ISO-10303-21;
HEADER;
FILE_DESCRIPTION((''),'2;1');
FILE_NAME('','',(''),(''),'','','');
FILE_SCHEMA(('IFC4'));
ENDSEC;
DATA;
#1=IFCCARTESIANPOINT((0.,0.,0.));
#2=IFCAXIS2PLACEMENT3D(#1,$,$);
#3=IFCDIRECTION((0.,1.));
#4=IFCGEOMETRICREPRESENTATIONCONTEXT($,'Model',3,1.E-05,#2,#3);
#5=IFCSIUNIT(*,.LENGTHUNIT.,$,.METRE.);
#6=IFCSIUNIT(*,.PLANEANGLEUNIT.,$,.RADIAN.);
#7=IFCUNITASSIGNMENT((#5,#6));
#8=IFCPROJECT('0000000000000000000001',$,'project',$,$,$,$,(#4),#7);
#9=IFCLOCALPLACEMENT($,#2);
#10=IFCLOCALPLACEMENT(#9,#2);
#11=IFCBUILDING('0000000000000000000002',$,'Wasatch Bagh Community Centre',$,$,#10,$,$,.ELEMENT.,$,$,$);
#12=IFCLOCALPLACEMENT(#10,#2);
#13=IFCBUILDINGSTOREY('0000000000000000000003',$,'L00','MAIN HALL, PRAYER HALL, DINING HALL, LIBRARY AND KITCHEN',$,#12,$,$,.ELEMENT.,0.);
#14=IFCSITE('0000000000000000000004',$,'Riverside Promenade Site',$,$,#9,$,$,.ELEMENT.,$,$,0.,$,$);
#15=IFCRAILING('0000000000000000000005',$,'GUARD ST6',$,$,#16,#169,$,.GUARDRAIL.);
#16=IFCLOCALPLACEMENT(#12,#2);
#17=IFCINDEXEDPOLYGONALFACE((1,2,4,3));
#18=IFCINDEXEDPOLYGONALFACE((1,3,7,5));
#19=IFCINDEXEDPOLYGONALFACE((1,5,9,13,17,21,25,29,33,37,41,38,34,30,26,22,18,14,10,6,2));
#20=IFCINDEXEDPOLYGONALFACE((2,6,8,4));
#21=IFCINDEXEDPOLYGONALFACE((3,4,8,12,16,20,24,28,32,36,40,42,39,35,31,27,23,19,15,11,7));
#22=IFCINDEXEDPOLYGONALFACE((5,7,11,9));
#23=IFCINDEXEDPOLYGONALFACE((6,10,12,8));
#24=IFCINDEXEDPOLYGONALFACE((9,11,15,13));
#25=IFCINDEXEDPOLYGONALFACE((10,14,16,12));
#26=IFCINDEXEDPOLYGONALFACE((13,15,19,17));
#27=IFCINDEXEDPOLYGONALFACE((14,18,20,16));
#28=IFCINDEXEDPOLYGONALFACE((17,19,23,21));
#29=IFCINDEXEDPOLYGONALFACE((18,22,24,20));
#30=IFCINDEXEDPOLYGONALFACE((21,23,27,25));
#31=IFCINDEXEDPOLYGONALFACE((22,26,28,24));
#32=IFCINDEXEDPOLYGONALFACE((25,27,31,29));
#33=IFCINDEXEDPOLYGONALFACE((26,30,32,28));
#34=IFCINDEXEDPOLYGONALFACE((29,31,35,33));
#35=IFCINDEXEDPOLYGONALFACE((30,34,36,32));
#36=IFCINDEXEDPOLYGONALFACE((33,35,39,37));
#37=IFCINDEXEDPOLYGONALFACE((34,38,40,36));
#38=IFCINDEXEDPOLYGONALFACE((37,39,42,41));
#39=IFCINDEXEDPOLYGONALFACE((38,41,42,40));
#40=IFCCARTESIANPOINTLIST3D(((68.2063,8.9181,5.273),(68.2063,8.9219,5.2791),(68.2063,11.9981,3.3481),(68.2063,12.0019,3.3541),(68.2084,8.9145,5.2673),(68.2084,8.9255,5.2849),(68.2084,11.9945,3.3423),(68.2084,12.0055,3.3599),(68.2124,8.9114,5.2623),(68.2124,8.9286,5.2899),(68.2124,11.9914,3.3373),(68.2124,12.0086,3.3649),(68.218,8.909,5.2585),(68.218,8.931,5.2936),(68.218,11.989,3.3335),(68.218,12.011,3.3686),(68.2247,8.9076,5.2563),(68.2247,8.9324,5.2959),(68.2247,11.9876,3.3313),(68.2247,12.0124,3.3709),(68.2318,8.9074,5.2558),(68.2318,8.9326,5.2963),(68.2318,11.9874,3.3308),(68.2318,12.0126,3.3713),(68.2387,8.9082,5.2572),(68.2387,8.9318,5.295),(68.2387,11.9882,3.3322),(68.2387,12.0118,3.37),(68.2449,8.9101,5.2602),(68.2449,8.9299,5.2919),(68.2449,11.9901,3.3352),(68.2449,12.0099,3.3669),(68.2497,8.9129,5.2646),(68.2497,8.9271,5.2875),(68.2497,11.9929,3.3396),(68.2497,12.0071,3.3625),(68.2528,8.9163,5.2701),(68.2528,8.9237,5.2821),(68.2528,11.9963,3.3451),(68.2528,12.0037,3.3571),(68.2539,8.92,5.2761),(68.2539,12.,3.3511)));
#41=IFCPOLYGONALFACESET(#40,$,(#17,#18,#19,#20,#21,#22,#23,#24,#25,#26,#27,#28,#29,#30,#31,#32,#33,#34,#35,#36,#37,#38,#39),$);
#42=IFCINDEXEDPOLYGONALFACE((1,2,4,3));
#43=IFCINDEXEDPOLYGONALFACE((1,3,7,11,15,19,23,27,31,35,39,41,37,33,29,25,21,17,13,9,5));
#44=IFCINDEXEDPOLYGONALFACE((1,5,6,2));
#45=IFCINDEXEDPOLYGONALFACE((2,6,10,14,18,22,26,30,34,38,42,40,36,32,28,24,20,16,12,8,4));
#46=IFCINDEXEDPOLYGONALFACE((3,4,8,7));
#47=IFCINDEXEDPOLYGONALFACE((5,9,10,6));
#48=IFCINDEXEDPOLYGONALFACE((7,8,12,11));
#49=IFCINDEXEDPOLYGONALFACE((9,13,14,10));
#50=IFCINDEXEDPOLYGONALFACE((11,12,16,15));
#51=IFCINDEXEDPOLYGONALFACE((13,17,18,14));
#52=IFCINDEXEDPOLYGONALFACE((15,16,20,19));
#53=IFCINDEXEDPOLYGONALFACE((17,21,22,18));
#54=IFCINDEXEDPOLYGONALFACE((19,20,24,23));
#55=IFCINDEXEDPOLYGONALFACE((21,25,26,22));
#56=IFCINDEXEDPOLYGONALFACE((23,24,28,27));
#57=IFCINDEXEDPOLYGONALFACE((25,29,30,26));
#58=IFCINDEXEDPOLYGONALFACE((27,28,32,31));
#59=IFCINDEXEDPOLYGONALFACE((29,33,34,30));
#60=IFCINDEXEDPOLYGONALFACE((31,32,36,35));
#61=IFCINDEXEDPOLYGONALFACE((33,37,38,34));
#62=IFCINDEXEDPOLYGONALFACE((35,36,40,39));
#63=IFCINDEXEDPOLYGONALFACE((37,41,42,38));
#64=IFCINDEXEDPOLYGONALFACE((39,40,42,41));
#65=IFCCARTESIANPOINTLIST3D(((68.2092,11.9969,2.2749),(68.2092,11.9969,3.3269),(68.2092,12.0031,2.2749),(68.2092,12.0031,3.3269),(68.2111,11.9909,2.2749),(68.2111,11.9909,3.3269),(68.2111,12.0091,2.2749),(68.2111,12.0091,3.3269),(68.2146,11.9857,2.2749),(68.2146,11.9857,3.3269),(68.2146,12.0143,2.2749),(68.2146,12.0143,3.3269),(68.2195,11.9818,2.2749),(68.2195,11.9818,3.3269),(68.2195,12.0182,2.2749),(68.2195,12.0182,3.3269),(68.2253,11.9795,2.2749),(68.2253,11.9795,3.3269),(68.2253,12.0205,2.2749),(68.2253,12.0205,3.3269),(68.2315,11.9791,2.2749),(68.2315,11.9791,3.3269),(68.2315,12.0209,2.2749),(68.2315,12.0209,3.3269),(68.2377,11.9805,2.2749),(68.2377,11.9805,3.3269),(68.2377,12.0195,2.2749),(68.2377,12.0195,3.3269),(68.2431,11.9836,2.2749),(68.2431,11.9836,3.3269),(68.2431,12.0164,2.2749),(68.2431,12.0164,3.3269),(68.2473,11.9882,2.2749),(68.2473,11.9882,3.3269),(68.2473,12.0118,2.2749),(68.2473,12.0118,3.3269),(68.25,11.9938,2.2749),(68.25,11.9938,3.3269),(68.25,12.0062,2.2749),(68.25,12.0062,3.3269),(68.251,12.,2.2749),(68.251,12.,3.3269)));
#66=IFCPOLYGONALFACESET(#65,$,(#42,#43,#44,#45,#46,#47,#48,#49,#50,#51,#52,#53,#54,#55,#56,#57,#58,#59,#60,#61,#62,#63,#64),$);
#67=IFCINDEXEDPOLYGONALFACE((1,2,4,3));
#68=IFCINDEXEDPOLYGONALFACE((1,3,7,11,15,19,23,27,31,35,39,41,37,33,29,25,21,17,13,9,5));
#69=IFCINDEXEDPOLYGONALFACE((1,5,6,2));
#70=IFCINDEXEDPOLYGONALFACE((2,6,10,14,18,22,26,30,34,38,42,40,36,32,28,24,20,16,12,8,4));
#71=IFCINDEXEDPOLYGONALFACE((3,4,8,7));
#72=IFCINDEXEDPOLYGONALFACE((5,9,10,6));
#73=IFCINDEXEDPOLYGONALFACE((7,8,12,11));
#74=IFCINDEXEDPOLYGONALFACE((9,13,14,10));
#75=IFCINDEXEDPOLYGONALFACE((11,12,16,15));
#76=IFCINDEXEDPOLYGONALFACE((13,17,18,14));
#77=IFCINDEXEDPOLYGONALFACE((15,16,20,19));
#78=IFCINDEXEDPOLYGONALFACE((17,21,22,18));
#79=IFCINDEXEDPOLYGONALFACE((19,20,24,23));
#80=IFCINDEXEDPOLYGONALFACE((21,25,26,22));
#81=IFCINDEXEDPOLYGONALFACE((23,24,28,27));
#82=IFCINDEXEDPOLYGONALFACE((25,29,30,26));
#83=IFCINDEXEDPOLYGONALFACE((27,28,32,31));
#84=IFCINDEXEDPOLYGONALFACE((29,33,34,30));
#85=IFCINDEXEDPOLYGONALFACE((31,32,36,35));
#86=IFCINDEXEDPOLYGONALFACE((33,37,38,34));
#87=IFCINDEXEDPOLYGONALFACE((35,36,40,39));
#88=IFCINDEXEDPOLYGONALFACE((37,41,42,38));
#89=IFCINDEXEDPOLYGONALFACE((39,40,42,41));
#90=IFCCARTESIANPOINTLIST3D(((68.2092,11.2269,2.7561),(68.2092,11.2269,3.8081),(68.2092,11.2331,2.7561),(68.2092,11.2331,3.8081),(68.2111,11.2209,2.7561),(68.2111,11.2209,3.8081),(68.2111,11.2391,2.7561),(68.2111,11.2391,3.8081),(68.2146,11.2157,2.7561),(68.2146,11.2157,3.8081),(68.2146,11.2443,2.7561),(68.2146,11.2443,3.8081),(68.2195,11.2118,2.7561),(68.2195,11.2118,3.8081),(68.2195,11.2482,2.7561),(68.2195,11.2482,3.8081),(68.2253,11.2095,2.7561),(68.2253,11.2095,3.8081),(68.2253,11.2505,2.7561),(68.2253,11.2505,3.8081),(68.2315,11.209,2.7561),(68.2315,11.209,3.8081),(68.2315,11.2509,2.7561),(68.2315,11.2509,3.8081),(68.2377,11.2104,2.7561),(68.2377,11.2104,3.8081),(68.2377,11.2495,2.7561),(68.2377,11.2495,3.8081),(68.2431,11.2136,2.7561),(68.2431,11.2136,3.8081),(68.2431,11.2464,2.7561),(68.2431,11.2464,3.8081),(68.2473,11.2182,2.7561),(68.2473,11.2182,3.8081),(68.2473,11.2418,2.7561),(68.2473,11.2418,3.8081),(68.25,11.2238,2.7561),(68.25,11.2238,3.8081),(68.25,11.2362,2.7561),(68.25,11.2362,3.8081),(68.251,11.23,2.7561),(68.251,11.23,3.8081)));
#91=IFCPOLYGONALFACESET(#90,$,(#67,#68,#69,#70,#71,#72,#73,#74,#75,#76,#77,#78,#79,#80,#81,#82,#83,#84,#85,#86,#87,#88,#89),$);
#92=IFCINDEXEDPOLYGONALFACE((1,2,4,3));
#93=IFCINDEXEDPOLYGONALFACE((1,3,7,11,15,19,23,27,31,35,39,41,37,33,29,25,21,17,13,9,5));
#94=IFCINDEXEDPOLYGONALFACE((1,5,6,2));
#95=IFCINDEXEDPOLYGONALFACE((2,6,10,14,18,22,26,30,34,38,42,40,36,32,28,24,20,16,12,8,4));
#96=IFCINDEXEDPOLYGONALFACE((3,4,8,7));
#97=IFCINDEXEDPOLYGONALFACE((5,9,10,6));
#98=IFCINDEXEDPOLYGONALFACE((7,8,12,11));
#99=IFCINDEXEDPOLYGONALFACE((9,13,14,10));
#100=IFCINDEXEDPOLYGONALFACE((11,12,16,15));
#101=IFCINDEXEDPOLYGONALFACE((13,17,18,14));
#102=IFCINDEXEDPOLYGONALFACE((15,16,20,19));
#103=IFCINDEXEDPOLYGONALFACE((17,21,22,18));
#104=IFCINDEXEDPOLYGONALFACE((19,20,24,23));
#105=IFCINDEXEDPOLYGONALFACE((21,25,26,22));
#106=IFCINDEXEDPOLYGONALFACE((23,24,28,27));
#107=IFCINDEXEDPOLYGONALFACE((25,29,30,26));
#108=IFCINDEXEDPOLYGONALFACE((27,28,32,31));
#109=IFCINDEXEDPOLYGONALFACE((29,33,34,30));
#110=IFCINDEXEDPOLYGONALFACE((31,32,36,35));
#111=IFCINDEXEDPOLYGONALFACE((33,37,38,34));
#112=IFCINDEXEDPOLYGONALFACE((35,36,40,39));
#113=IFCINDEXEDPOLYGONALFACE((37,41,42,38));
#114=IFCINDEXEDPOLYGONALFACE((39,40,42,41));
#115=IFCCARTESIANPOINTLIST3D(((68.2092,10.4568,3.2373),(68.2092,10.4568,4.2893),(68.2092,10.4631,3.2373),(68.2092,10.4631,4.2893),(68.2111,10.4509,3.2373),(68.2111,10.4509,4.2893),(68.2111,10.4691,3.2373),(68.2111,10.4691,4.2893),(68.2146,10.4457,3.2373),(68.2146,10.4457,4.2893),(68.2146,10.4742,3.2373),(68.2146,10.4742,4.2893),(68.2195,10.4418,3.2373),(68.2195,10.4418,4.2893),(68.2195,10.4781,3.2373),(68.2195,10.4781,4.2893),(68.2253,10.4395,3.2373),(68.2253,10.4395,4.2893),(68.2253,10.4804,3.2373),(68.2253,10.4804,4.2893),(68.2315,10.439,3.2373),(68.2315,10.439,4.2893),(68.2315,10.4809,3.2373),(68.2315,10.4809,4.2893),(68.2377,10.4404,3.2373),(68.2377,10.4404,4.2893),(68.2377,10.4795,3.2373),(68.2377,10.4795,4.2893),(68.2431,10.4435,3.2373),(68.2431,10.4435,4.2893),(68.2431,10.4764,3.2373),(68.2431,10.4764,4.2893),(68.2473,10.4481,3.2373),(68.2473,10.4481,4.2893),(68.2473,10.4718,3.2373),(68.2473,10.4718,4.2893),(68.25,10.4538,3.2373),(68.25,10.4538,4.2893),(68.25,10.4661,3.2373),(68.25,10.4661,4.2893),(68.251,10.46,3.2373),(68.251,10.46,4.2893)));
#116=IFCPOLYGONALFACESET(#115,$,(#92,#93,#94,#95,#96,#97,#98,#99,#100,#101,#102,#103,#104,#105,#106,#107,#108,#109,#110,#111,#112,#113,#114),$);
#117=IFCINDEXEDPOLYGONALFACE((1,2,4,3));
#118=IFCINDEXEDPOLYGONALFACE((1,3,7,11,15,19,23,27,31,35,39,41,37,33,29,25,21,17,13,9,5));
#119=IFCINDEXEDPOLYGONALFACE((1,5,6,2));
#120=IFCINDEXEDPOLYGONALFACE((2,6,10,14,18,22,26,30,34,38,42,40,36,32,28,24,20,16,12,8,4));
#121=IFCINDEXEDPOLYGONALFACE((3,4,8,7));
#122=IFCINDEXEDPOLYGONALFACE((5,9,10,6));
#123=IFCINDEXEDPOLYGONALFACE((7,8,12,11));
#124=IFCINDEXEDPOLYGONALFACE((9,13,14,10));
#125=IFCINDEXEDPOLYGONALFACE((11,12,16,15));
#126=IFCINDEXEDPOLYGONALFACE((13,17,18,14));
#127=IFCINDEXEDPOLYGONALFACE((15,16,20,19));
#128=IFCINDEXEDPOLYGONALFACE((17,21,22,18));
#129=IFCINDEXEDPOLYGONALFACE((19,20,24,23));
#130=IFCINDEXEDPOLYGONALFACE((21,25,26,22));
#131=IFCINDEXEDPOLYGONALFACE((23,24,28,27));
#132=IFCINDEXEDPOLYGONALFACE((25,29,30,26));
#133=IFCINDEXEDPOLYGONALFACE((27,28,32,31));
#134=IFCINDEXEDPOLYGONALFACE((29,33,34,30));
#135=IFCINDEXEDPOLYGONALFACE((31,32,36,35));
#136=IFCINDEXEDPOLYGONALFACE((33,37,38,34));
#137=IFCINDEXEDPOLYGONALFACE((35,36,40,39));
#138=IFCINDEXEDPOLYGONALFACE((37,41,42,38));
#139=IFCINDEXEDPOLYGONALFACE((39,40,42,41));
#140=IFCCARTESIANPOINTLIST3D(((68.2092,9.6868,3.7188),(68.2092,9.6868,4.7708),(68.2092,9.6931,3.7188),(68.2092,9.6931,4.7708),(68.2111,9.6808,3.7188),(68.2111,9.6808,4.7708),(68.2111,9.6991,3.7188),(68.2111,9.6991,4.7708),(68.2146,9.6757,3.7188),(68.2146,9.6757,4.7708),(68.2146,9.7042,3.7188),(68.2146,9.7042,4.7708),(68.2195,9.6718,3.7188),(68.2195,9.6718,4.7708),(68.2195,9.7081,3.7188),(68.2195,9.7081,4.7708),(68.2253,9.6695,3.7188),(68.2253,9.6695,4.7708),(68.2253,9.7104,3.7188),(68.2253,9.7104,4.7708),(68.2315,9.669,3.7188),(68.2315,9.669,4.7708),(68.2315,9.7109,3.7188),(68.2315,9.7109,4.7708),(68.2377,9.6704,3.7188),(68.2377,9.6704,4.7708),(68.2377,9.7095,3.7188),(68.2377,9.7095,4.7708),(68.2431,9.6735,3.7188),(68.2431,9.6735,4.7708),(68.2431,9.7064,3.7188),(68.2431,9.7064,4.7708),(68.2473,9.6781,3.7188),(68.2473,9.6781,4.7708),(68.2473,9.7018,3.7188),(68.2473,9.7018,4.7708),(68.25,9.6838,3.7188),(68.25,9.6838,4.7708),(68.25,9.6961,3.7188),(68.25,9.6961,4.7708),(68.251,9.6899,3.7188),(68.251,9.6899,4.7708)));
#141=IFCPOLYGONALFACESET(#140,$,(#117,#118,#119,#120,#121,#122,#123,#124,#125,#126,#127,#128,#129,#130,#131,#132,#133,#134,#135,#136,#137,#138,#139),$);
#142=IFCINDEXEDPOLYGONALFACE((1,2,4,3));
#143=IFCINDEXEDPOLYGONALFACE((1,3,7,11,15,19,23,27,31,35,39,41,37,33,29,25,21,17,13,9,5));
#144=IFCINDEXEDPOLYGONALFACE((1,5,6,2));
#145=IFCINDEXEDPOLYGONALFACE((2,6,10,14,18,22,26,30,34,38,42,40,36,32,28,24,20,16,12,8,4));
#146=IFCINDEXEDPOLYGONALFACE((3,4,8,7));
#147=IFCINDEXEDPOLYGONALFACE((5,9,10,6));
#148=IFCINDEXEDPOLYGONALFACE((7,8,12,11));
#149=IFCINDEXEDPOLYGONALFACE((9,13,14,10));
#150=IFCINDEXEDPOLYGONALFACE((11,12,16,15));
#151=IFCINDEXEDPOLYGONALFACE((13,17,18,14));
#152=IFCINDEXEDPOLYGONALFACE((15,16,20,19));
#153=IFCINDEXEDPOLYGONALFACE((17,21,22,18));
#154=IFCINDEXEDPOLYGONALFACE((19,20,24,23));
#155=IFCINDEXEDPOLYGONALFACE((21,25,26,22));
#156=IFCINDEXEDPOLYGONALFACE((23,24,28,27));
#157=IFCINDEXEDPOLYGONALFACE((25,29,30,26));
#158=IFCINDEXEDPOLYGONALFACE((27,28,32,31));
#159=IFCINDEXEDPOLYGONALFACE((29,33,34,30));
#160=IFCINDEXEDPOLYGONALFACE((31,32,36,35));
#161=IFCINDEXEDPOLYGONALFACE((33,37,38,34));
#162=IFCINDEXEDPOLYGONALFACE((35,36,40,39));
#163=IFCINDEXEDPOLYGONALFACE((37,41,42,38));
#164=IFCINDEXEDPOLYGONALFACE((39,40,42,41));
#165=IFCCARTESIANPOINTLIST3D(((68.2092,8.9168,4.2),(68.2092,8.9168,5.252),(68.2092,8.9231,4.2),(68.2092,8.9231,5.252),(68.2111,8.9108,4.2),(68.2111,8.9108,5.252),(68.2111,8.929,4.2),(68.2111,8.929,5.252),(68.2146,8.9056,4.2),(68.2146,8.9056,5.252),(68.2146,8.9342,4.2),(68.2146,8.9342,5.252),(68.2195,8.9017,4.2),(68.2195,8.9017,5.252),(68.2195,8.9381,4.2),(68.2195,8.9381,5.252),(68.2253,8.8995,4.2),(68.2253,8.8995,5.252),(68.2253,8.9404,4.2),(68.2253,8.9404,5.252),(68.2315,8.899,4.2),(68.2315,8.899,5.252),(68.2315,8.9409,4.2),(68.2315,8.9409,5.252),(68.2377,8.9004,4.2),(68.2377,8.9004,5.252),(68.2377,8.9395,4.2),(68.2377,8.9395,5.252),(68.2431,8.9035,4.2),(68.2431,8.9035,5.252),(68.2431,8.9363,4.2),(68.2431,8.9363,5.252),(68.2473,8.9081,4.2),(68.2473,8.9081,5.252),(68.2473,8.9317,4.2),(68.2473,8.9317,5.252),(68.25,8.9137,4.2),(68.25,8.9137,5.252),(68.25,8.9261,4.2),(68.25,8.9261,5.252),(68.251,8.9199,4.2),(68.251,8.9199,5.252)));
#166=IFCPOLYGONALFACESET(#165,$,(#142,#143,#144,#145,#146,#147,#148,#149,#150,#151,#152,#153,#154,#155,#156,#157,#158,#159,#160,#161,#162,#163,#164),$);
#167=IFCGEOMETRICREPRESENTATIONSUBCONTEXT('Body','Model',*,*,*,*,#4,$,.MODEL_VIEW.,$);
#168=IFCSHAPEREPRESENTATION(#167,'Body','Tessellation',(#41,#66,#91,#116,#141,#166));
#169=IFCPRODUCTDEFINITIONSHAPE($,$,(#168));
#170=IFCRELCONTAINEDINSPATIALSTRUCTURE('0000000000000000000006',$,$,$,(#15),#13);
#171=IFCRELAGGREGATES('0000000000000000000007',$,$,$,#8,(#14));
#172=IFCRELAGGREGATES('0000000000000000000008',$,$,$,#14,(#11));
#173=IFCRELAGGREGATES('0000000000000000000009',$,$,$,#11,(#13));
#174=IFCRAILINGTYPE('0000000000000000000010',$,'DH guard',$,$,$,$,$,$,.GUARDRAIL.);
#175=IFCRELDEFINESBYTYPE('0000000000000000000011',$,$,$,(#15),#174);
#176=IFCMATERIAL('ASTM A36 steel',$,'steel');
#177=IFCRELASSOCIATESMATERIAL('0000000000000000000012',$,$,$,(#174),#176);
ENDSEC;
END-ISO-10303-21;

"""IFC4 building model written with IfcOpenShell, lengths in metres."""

from ifc_helpers import new_model, si_unit, direction, frame, origin, origin_2d, place, context, subcontext, project, spatial, circle, extrude, material, type_object, element, save


model = new_model("IFC4")

# Units and contexts
model_context = context("Model", 3, precision=1e-05, world=origin(), true_north=direction((0.0, 1.0)))
body_context = subcontext(model_context, "Body", "Model", "MODEL_VIEW")
ifc_project = project(units=[si_unit("LENGTHUNIT", "METRE"), si_unit("PLANEANGLEUNIT", "RADIAN")], contexts=[model_context])

# Site, building, storey
site_placement = place(None, origin())
site = spatial("IfcSite", under=ifc_project, at=site_placement, Name="Riverside Promenade Site", CompositionType="ELEMENT", RefElevation=0.0)
building_placement = place(site_placement, origin())
building = spatial("IfcBuilding", under=site, at=building_placement, Name="Wasatch Bagh Community Centre", CompositionType="ELEMENT")
storey_placement = place(building_placement, origin())
storey = spatial("IfcBuildingStorey", under=building, at=storey_placement, Name="L00", Description="MAIN HALL, PRAYER HALL, DINING HALL, LIBRARY AND KITCHEN", CompositionType="ELEMENT", Elevation=0.0)

# Railing
ifc_material_1 = material(Name="ASTM A36 steel", Category="steel")
railing_type_1 = type_object("IfcRailingType", Name="DH guard", PredefinedType="GUARDRAIL", material=ifc_material_1)
for number, where, name in (
    (1, (68.23, 12.0, 2.2749), "GUARD ST6"),
):
    element("IfcRailing", number, at=place(storey_placement, frame(where)), inside=storey, type_object=railing_type_1, Name=name, PredefinedType="GUARDRAIL", context=body_context, shape_type="SweptSolid", body=[
        extrude(circle(Radius=0.0239, at=origin_2d()), frame((0.0, 0.0, 1.0762), z_axis=(0.0, -0.847998, 0.529999), x_axis=(1.0, 0.0, 0.0)), (0.0, 0.0, 1.0), 3.6321),
        extrude(circle(Radius=0.021, at=origin_2d()), origin(), (0.0, 0.0, 1.0), 1.052),
        extrude(circle(Radius=0.021, at=origin_2d()), frame((0.0, -0.77, 0.4812)), (0.0, 0.0, 1.0), 1.052),
        extrude(circle(Radius=0.021, at=origin_2d()), frame((0.0, -1.54, 0.9624)), (0.0, 0.0, 1.0), 1.052),
        extrude(circle(Radius=0.021, at=origin_2d()), frame((0.0, -2.3101, 1.4438)), (0.0, 0.0, 1.0), 1.052),
        extrude(circle(Radius=0.021, at=origin_2d()), frame((0.0, -3.0801, 1.925)), (0.0, 0.0, 1.0), 1.052),
    ])

save(model, "model.ifc")
